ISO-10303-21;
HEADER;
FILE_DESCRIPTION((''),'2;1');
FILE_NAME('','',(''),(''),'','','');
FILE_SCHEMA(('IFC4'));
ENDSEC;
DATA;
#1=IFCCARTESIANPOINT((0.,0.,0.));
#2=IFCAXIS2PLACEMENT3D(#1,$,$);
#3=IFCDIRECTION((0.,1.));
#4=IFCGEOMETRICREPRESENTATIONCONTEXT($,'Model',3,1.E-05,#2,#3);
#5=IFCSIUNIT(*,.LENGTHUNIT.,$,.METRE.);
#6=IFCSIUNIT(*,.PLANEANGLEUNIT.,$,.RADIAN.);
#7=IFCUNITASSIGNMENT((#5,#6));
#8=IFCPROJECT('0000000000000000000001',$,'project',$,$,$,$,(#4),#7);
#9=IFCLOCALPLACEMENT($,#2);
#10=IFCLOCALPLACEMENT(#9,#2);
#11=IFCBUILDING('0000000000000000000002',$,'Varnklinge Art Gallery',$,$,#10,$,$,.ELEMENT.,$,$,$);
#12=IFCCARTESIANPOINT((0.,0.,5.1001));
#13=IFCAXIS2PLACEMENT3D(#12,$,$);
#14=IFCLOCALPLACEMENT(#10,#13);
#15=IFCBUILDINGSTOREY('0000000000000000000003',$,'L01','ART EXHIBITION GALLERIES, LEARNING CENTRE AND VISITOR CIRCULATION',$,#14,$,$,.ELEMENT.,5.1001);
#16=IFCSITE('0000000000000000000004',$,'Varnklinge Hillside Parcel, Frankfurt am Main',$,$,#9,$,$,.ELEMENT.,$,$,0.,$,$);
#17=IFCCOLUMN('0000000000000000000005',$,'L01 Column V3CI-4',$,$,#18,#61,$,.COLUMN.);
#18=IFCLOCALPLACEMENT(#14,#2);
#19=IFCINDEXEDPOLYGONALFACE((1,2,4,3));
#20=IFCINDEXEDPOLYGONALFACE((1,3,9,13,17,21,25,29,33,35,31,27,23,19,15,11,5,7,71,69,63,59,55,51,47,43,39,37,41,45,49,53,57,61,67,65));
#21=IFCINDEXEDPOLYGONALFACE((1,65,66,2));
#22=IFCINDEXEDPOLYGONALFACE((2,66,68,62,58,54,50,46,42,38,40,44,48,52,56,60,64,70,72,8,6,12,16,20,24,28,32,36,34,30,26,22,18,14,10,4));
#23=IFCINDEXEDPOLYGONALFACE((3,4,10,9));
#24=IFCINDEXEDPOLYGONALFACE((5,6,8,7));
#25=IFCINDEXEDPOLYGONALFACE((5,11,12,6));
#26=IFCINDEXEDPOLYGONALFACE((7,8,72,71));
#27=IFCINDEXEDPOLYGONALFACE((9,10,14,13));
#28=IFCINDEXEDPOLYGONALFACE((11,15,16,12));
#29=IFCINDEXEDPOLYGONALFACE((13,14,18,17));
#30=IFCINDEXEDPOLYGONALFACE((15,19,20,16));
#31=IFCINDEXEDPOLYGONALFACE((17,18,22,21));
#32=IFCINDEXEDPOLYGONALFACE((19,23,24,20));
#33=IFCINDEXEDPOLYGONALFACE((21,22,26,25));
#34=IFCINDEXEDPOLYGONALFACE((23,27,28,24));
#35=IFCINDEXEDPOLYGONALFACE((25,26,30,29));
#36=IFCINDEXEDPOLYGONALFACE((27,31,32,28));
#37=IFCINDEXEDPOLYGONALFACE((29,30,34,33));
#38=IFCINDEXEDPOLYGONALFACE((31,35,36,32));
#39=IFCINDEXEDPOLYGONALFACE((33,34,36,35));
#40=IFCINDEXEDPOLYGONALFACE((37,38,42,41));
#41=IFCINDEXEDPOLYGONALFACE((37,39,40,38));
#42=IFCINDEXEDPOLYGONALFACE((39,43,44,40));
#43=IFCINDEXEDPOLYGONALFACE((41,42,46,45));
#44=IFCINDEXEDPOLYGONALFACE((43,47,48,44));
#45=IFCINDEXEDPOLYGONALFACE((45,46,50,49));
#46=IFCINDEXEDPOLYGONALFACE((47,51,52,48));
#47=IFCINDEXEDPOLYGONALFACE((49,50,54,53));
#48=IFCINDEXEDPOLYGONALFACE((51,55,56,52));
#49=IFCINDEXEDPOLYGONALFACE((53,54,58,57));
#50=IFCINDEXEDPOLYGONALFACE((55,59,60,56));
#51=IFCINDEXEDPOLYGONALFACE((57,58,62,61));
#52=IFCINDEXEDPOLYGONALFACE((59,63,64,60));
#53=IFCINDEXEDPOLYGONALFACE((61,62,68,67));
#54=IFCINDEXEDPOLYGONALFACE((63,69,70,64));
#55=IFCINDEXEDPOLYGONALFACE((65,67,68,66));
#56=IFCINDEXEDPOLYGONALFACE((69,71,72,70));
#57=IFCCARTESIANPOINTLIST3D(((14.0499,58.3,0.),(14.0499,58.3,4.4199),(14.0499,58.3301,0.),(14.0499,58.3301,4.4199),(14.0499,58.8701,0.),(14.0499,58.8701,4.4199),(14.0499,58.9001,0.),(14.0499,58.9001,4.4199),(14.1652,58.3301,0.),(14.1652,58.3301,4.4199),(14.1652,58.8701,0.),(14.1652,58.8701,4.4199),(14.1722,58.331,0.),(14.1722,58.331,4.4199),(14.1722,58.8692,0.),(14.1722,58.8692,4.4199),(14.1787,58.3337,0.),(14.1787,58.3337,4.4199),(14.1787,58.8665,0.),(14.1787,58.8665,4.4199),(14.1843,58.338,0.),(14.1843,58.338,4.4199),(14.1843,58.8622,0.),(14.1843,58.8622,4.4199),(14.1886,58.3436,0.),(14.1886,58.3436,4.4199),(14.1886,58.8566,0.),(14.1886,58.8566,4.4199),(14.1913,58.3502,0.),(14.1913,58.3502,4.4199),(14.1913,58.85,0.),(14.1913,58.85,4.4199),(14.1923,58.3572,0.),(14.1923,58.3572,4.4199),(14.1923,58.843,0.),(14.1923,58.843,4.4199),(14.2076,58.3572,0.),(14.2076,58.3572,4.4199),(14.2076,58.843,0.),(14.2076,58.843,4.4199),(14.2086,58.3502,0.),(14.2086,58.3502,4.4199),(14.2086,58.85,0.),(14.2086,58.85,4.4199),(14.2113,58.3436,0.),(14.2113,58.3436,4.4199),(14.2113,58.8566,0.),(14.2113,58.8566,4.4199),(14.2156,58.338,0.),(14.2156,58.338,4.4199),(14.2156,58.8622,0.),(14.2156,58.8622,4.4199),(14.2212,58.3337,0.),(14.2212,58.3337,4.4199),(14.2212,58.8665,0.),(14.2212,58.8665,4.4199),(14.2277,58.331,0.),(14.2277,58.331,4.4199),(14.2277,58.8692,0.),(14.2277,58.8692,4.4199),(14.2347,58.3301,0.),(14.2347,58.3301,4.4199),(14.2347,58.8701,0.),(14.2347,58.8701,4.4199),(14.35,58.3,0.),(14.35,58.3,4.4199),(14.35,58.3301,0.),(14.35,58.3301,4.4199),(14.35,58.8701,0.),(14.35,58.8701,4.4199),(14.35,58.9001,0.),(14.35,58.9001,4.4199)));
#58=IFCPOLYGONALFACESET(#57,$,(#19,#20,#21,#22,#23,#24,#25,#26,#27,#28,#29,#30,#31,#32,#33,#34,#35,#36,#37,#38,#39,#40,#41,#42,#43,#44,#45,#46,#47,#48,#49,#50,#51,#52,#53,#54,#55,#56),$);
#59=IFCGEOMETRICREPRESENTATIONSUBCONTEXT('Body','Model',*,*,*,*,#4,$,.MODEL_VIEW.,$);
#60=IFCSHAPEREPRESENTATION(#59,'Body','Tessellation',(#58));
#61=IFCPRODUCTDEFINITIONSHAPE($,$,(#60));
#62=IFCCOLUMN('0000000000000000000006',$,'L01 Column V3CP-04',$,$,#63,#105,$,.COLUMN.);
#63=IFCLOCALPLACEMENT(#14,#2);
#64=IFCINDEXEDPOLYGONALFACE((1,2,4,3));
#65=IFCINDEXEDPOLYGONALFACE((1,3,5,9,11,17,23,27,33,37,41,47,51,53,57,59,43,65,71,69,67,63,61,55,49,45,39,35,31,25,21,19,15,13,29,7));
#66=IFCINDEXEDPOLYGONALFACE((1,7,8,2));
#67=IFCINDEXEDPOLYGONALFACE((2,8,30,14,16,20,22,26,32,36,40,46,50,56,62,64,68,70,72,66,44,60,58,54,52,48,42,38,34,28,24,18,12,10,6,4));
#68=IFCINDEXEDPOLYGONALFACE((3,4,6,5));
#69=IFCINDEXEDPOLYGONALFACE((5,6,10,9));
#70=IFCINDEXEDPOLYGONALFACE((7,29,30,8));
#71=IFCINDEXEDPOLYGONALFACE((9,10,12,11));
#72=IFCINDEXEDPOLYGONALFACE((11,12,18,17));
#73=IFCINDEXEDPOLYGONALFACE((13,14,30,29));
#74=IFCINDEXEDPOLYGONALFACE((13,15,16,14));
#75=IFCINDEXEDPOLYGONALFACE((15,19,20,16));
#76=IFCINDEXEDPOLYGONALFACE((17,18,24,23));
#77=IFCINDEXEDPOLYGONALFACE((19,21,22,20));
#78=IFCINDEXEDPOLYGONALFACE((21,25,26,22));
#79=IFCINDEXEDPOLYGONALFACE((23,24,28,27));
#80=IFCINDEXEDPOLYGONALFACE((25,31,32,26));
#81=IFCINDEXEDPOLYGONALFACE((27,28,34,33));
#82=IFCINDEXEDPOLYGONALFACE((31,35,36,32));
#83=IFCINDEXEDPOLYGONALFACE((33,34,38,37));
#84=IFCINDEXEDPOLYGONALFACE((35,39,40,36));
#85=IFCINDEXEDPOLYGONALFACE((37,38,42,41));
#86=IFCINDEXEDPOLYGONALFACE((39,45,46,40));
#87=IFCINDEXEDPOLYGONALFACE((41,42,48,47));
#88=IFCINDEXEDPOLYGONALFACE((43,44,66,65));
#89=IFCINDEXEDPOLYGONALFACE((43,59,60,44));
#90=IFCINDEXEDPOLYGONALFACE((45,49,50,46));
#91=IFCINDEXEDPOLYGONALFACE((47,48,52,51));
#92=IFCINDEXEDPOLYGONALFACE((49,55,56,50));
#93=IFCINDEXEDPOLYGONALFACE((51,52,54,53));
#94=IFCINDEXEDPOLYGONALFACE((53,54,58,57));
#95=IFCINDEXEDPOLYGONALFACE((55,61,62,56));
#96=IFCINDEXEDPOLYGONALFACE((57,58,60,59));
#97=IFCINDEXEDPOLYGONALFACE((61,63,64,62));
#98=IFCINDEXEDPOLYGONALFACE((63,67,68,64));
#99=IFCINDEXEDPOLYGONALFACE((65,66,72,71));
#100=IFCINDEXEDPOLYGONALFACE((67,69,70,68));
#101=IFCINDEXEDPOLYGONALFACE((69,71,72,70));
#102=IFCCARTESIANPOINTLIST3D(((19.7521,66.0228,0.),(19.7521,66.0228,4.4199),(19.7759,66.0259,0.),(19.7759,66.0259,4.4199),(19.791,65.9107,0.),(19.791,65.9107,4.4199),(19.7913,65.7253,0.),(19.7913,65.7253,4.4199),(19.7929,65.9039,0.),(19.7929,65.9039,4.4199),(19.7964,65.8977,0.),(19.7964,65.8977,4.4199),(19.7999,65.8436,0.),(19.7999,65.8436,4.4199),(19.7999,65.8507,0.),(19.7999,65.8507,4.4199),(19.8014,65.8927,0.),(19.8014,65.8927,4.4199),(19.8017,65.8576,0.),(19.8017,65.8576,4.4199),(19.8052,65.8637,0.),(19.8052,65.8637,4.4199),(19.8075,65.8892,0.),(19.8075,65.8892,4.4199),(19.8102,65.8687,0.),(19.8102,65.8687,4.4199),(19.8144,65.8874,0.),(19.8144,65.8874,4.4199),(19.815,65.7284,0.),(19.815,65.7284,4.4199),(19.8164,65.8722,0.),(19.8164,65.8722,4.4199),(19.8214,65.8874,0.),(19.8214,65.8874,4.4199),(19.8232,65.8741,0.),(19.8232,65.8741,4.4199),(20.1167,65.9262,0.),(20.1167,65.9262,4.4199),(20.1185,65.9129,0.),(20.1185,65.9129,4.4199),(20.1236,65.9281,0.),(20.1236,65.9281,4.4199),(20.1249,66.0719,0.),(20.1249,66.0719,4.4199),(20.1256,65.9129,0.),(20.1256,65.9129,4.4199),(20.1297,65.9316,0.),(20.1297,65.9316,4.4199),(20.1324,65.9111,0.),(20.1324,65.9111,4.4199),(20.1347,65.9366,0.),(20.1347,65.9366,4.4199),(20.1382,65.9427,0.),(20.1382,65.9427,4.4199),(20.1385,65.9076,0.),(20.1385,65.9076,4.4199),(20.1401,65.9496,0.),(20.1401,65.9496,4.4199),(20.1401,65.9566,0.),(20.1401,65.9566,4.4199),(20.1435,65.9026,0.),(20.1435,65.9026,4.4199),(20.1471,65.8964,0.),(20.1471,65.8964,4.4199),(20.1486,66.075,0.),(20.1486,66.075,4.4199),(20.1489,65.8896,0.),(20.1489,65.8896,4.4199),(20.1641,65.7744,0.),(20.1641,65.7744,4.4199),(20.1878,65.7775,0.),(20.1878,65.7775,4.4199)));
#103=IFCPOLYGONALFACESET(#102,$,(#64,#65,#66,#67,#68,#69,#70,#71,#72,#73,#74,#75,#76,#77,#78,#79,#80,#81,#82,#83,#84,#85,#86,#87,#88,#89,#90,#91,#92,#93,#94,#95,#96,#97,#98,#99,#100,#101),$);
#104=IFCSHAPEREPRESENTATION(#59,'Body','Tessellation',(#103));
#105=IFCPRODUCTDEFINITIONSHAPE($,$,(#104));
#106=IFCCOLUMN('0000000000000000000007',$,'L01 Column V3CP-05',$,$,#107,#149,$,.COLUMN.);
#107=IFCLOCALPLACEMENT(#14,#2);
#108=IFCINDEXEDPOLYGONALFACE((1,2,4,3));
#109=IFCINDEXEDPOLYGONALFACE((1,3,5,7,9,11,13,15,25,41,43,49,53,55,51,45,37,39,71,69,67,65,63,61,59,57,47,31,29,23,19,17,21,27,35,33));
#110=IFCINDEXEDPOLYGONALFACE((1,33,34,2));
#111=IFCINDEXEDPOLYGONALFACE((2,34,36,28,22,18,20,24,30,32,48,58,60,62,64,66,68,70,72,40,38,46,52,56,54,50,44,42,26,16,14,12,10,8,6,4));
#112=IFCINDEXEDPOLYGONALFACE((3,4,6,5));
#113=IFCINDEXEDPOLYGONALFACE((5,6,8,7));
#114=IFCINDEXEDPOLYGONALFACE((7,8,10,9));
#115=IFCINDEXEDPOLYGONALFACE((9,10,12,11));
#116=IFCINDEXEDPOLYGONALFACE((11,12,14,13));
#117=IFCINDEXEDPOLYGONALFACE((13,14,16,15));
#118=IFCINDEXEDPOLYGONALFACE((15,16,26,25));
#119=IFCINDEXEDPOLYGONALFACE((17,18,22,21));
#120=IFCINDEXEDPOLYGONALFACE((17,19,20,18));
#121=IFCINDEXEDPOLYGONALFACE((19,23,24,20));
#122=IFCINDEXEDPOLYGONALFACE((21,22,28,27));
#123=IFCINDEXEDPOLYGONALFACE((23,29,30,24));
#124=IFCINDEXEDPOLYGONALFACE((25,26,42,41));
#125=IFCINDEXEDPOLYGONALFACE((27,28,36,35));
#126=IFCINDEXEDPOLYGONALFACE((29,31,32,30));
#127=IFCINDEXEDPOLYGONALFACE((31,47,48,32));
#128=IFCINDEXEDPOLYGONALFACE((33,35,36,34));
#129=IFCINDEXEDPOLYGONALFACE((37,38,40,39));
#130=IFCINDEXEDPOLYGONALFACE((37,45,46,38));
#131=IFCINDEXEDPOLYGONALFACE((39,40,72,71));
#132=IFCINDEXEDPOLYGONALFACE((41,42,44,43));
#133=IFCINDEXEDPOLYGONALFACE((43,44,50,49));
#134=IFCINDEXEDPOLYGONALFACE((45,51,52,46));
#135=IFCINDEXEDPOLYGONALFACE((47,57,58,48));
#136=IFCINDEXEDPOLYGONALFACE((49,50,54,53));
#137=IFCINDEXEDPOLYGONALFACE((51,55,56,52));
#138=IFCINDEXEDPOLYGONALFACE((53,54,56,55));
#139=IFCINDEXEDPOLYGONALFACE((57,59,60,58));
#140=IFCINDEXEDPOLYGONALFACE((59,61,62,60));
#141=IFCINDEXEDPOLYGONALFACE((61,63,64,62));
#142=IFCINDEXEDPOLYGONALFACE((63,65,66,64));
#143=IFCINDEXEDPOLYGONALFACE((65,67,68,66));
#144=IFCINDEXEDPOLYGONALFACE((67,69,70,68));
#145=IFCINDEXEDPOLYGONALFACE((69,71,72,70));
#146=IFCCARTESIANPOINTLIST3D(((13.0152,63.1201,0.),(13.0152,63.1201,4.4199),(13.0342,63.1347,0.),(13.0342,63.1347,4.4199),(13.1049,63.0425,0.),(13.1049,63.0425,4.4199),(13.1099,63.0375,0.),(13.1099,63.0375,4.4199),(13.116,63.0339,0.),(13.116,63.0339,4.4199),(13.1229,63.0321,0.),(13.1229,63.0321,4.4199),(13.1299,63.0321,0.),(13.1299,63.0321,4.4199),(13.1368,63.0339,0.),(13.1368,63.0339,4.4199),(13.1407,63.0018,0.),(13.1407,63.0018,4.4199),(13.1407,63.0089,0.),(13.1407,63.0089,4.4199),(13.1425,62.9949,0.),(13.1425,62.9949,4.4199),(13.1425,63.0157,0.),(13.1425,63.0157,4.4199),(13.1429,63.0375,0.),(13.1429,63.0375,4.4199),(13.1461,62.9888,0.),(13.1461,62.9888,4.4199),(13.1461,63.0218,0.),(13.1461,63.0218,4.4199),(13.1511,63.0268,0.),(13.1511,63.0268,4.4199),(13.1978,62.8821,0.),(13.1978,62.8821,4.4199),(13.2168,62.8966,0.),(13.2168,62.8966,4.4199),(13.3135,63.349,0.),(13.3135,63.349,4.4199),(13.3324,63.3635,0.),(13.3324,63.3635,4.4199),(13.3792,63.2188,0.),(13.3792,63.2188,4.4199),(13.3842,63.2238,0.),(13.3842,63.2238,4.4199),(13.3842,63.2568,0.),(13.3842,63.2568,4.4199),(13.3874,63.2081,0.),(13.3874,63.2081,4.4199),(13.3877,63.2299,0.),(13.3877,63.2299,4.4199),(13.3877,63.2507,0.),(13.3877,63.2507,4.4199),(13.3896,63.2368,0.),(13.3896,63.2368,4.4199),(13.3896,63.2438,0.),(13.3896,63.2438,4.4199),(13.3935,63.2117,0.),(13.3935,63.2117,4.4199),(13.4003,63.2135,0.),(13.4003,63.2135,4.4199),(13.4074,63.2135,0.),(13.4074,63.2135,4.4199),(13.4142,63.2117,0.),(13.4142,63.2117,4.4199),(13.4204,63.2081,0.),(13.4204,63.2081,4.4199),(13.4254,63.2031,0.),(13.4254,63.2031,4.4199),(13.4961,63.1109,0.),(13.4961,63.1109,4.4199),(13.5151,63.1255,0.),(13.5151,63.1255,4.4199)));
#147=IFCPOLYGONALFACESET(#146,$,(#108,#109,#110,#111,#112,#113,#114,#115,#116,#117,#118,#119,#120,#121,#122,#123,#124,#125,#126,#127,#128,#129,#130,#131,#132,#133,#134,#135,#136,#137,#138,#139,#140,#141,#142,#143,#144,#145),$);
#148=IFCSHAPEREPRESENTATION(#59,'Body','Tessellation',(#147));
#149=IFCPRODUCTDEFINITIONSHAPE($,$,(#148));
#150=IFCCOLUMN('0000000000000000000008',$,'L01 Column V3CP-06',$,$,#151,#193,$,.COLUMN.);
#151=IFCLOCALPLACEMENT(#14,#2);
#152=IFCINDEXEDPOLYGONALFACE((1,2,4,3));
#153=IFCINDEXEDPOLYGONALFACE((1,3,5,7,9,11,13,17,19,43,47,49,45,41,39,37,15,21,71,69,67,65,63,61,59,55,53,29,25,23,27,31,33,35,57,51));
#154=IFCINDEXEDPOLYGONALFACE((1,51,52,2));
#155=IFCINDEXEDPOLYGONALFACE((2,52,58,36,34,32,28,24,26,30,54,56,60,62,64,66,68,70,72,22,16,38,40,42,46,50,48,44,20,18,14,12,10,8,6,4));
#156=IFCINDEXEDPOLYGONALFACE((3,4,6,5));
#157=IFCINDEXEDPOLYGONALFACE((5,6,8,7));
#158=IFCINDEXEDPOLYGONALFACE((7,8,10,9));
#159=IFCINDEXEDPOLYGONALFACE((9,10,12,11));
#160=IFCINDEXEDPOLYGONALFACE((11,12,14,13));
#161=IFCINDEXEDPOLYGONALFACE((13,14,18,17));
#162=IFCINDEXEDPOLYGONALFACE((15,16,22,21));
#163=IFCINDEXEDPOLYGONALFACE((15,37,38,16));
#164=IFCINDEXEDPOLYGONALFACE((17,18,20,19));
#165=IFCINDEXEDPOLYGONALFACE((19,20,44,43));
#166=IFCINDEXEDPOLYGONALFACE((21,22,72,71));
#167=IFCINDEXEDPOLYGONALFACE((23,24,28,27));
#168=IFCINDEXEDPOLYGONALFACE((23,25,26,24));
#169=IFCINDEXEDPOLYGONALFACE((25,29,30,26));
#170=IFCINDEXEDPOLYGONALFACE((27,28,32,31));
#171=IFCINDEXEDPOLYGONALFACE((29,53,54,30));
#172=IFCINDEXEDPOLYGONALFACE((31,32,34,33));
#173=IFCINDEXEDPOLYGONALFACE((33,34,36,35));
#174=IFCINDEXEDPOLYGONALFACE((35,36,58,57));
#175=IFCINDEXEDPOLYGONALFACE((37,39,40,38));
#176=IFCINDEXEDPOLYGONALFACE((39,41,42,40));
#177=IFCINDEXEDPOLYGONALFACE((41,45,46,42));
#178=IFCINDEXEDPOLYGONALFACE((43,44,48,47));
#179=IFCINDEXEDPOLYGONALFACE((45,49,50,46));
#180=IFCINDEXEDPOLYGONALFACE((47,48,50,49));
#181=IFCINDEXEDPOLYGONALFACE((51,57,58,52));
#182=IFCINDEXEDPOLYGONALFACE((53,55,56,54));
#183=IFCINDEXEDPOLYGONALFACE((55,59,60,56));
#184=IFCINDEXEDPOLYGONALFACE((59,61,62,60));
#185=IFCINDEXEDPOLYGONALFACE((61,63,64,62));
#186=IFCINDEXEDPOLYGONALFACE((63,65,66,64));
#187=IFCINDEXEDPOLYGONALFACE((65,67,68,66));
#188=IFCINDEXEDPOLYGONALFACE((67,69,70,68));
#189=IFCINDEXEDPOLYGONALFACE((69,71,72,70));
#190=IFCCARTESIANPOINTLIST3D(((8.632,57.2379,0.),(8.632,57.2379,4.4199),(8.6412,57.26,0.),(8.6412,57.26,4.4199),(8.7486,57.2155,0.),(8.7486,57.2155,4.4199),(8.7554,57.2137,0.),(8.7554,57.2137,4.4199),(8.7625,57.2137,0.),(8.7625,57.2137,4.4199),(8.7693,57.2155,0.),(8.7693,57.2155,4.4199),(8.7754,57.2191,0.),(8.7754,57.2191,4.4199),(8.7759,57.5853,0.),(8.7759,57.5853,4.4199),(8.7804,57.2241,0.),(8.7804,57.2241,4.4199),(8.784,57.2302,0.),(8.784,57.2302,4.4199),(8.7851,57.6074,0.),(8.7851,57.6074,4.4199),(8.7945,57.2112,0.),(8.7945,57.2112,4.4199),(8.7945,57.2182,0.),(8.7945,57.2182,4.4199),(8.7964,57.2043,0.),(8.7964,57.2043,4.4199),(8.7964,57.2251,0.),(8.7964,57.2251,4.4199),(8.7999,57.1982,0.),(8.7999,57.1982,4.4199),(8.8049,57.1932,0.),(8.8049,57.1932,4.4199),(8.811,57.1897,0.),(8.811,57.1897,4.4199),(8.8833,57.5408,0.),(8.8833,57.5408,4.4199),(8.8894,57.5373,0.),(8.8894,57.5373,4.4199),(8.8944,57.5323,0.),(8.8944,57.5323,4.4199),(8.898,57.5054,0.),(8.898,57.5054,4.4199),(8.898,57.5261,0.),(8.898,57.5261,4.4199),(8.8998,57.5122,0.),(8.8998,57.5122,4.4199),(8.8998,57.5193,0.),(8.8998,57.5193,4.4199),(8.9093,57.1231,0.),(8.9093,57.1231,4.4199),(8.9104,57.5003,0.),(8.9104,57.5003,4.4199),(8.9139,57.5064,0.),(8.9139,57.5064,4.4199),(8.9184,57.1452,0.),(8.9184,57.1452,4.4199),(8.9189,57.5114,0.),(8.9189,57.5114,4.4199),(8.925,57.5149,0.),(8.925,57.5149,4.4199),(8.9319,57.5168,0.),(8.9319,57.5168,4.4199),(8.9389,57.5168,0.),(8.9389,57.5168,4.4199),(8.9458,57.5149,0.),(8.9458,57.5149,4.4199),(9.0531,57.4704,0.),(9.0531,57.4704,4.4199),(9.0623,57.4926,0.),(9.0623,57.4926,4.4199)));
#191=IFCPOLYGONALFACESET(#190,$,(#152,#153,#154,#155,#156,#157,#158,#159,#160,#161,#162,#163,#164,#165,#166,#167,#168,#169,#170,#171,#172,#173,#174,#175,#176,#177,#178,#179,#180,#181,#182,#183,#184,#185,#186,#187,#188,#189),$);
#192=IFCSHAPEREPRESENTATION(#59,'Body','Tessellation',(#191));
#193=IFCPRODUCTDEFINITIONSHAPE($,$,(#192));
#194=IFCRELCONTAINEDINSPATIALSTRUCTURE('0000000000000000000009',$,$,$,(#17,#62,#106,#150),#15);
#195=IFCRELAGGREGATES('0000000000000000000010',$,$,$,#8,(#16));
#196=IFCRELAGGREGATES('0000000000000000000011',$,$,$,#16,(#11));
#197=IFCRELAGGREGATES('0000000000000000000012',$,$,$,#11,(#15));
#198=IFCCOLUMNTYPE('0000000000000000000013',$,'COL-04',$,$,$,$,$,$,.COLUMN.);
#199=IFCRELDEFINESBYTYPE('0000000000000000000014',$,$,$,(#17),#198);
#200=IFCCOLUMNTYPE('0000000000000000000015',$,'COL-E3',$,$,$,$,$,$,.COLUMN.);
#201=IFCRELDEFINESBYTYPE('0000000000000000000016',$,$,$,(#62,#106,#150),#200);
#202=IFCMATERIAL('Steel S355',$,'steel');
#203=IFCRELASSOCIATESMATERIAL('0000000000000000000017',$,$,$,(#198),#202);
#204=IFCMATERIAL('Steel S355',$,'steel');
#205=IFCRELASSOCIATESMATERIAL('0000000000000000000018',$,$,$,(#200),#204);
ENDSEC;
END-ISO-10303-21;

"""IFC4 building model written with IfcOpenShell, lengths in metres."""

from ifc_helpers import new_model, si_unit, direction, frame, origin, origin_2d, place, context, subcontext, project, spatial, i_section, extrude, material, material_profile, profile_set, type_object, element, save


model = new_model("IFC4")

# Units and contexts
model_context = context("Model", 3, precision=1e-05, world=origin(), true_north=direction((0.0, 1.0)))
body_context = subcontext(model_context, "Body", "Model", "MODEL_VIEW")
ifc_project = project(units=[si_unit("LENGTHUNIT", "METRE"), si_unit("PLANEANGLEUNIT", "RADIAN")], contexts=[model_context])

# Site, building, storey
site_placement = place(None, origin())
site = spatial("IfcSite", under=ifc_project, at=site_placement, Name="Varnklinge Hillside Parcel, Frankfurt am Main", CompositionType="ELEMENT", RefElevation=0.0)
building_placement = place(site_placement, origin())
building = spatial("IfcBuilding", under=site, at=building_placement, Name="Varnklinge Art Gallery", CompositionType="ELEMENT")
storey_placement = place(building_placement, frame((0.0, 0.0, 5.1001)))
storey = spatial("IfcBuildingStorey", under=building, at=storey_placement, Name="L01", Description="ART EXHIBITION GALLERIES, LEARNING CENTRE AND VISITOR CIRCULATION", CompositionType="ELEMENT", Elevation=5.1001)

# Columns
ifc_material_1 = material(Name="Steel S355", Category="steel")
ifc_material_profile_1 = material_profile(ifc_material_1, i_section(OverallWidth=0.3, OverallDepth=0.6001, WebThickness=0.0154, FlangeThickness=0.03, FilletRadius=0.0271, at=origin_2d()), Name="HEB 600")
ifc_profile_set_1 = profile_set([ifc_material_profile_1], Name="Steel S355")
column_type_1 = type_object("IfcColumnType", Name="COL-04", PredefinedType="COLUMN", material=ifc_profile_set_1)
column_placement = place(storey_placement, frame((14.2, 58.6001, 0.0), z_axis=(0.0, 0.0, 1.0), x_axis=(1.0, 0.0, 0.0)))
element("IfcColumn", 1, at=column_placement, inside=storey, type_object=column_type_1, Name="L01 Column V3CI-4", PredefinedType="COLUMN", context=body_context, shape_type="SweptSolid", body=[
    extrude(i_section(OverallWidth=0.3, OverallDepth=0.6001, WebThickness=0.0154, FlangeThickness=0.03, FilletRadius=0.0271, at=origin_2d()), origin(), (0.0, 0.0, 1.0), 4.4199),
])
ifc_material_2 = material(Name="Steel S355", Category="steel")
ifc_material_profile_2 = material_profile(ifc_material_2, i_section(OverallWidth=0.3, OverallDepth=0.3999, WebThickness=0.0134, FlangeThickness=0.0239, FilletRadius=0.0271, at=origin_2d()), Name="HEB 400")
ifc_profile_set_2 = profile_set([ifc_material_profile_2], Name="Steel S355")
column_type_2 = type_object("IfcColumnType", Name="COL-E3", PredefinedType="COLUMN", material=ifc_profile_set_2)
for number, where, z_axis, x_axis, name in (
    (2, (19.97, 65.9001, 0.0), (0.0, 0.0, 1.0), (-0.130526, 0.991445, 0.0), "L01 Column V3CP-04"),
    (3, (13.2651, 63.1228, 0.0), (0.0, 0.0, 1.0), (-0.608761, 0.793353, 0.0), "L01 Column V3CP-05"),
    (4, (8.8472, 57.3652, 0.0), (0.0, 0.0, 1.0), (-0.92388, 0.382683, 0.0), "L01 Column V3CP-06"),
):
    element("IfcColumn", number, at=place(storey_placement, frame(where, z_axis=z_axis, x_axis=x_axis)), inside=storey, type_object=column_type_2, Name=name, PredefinedType="COLUMN", context=body_context, shape_type="SweptSolid", body=[
        extrude(i_section(OverallWidth=0.3, OverallDepth=0.3999, WebThickness=0.0134, FlangeThickness=0.0239, FilletRadius=0.0271, at=origin_2d()), origin(), (0.0, 0.0, 1.0), 4.4199),
    ])

save(model, "model.ifc")
